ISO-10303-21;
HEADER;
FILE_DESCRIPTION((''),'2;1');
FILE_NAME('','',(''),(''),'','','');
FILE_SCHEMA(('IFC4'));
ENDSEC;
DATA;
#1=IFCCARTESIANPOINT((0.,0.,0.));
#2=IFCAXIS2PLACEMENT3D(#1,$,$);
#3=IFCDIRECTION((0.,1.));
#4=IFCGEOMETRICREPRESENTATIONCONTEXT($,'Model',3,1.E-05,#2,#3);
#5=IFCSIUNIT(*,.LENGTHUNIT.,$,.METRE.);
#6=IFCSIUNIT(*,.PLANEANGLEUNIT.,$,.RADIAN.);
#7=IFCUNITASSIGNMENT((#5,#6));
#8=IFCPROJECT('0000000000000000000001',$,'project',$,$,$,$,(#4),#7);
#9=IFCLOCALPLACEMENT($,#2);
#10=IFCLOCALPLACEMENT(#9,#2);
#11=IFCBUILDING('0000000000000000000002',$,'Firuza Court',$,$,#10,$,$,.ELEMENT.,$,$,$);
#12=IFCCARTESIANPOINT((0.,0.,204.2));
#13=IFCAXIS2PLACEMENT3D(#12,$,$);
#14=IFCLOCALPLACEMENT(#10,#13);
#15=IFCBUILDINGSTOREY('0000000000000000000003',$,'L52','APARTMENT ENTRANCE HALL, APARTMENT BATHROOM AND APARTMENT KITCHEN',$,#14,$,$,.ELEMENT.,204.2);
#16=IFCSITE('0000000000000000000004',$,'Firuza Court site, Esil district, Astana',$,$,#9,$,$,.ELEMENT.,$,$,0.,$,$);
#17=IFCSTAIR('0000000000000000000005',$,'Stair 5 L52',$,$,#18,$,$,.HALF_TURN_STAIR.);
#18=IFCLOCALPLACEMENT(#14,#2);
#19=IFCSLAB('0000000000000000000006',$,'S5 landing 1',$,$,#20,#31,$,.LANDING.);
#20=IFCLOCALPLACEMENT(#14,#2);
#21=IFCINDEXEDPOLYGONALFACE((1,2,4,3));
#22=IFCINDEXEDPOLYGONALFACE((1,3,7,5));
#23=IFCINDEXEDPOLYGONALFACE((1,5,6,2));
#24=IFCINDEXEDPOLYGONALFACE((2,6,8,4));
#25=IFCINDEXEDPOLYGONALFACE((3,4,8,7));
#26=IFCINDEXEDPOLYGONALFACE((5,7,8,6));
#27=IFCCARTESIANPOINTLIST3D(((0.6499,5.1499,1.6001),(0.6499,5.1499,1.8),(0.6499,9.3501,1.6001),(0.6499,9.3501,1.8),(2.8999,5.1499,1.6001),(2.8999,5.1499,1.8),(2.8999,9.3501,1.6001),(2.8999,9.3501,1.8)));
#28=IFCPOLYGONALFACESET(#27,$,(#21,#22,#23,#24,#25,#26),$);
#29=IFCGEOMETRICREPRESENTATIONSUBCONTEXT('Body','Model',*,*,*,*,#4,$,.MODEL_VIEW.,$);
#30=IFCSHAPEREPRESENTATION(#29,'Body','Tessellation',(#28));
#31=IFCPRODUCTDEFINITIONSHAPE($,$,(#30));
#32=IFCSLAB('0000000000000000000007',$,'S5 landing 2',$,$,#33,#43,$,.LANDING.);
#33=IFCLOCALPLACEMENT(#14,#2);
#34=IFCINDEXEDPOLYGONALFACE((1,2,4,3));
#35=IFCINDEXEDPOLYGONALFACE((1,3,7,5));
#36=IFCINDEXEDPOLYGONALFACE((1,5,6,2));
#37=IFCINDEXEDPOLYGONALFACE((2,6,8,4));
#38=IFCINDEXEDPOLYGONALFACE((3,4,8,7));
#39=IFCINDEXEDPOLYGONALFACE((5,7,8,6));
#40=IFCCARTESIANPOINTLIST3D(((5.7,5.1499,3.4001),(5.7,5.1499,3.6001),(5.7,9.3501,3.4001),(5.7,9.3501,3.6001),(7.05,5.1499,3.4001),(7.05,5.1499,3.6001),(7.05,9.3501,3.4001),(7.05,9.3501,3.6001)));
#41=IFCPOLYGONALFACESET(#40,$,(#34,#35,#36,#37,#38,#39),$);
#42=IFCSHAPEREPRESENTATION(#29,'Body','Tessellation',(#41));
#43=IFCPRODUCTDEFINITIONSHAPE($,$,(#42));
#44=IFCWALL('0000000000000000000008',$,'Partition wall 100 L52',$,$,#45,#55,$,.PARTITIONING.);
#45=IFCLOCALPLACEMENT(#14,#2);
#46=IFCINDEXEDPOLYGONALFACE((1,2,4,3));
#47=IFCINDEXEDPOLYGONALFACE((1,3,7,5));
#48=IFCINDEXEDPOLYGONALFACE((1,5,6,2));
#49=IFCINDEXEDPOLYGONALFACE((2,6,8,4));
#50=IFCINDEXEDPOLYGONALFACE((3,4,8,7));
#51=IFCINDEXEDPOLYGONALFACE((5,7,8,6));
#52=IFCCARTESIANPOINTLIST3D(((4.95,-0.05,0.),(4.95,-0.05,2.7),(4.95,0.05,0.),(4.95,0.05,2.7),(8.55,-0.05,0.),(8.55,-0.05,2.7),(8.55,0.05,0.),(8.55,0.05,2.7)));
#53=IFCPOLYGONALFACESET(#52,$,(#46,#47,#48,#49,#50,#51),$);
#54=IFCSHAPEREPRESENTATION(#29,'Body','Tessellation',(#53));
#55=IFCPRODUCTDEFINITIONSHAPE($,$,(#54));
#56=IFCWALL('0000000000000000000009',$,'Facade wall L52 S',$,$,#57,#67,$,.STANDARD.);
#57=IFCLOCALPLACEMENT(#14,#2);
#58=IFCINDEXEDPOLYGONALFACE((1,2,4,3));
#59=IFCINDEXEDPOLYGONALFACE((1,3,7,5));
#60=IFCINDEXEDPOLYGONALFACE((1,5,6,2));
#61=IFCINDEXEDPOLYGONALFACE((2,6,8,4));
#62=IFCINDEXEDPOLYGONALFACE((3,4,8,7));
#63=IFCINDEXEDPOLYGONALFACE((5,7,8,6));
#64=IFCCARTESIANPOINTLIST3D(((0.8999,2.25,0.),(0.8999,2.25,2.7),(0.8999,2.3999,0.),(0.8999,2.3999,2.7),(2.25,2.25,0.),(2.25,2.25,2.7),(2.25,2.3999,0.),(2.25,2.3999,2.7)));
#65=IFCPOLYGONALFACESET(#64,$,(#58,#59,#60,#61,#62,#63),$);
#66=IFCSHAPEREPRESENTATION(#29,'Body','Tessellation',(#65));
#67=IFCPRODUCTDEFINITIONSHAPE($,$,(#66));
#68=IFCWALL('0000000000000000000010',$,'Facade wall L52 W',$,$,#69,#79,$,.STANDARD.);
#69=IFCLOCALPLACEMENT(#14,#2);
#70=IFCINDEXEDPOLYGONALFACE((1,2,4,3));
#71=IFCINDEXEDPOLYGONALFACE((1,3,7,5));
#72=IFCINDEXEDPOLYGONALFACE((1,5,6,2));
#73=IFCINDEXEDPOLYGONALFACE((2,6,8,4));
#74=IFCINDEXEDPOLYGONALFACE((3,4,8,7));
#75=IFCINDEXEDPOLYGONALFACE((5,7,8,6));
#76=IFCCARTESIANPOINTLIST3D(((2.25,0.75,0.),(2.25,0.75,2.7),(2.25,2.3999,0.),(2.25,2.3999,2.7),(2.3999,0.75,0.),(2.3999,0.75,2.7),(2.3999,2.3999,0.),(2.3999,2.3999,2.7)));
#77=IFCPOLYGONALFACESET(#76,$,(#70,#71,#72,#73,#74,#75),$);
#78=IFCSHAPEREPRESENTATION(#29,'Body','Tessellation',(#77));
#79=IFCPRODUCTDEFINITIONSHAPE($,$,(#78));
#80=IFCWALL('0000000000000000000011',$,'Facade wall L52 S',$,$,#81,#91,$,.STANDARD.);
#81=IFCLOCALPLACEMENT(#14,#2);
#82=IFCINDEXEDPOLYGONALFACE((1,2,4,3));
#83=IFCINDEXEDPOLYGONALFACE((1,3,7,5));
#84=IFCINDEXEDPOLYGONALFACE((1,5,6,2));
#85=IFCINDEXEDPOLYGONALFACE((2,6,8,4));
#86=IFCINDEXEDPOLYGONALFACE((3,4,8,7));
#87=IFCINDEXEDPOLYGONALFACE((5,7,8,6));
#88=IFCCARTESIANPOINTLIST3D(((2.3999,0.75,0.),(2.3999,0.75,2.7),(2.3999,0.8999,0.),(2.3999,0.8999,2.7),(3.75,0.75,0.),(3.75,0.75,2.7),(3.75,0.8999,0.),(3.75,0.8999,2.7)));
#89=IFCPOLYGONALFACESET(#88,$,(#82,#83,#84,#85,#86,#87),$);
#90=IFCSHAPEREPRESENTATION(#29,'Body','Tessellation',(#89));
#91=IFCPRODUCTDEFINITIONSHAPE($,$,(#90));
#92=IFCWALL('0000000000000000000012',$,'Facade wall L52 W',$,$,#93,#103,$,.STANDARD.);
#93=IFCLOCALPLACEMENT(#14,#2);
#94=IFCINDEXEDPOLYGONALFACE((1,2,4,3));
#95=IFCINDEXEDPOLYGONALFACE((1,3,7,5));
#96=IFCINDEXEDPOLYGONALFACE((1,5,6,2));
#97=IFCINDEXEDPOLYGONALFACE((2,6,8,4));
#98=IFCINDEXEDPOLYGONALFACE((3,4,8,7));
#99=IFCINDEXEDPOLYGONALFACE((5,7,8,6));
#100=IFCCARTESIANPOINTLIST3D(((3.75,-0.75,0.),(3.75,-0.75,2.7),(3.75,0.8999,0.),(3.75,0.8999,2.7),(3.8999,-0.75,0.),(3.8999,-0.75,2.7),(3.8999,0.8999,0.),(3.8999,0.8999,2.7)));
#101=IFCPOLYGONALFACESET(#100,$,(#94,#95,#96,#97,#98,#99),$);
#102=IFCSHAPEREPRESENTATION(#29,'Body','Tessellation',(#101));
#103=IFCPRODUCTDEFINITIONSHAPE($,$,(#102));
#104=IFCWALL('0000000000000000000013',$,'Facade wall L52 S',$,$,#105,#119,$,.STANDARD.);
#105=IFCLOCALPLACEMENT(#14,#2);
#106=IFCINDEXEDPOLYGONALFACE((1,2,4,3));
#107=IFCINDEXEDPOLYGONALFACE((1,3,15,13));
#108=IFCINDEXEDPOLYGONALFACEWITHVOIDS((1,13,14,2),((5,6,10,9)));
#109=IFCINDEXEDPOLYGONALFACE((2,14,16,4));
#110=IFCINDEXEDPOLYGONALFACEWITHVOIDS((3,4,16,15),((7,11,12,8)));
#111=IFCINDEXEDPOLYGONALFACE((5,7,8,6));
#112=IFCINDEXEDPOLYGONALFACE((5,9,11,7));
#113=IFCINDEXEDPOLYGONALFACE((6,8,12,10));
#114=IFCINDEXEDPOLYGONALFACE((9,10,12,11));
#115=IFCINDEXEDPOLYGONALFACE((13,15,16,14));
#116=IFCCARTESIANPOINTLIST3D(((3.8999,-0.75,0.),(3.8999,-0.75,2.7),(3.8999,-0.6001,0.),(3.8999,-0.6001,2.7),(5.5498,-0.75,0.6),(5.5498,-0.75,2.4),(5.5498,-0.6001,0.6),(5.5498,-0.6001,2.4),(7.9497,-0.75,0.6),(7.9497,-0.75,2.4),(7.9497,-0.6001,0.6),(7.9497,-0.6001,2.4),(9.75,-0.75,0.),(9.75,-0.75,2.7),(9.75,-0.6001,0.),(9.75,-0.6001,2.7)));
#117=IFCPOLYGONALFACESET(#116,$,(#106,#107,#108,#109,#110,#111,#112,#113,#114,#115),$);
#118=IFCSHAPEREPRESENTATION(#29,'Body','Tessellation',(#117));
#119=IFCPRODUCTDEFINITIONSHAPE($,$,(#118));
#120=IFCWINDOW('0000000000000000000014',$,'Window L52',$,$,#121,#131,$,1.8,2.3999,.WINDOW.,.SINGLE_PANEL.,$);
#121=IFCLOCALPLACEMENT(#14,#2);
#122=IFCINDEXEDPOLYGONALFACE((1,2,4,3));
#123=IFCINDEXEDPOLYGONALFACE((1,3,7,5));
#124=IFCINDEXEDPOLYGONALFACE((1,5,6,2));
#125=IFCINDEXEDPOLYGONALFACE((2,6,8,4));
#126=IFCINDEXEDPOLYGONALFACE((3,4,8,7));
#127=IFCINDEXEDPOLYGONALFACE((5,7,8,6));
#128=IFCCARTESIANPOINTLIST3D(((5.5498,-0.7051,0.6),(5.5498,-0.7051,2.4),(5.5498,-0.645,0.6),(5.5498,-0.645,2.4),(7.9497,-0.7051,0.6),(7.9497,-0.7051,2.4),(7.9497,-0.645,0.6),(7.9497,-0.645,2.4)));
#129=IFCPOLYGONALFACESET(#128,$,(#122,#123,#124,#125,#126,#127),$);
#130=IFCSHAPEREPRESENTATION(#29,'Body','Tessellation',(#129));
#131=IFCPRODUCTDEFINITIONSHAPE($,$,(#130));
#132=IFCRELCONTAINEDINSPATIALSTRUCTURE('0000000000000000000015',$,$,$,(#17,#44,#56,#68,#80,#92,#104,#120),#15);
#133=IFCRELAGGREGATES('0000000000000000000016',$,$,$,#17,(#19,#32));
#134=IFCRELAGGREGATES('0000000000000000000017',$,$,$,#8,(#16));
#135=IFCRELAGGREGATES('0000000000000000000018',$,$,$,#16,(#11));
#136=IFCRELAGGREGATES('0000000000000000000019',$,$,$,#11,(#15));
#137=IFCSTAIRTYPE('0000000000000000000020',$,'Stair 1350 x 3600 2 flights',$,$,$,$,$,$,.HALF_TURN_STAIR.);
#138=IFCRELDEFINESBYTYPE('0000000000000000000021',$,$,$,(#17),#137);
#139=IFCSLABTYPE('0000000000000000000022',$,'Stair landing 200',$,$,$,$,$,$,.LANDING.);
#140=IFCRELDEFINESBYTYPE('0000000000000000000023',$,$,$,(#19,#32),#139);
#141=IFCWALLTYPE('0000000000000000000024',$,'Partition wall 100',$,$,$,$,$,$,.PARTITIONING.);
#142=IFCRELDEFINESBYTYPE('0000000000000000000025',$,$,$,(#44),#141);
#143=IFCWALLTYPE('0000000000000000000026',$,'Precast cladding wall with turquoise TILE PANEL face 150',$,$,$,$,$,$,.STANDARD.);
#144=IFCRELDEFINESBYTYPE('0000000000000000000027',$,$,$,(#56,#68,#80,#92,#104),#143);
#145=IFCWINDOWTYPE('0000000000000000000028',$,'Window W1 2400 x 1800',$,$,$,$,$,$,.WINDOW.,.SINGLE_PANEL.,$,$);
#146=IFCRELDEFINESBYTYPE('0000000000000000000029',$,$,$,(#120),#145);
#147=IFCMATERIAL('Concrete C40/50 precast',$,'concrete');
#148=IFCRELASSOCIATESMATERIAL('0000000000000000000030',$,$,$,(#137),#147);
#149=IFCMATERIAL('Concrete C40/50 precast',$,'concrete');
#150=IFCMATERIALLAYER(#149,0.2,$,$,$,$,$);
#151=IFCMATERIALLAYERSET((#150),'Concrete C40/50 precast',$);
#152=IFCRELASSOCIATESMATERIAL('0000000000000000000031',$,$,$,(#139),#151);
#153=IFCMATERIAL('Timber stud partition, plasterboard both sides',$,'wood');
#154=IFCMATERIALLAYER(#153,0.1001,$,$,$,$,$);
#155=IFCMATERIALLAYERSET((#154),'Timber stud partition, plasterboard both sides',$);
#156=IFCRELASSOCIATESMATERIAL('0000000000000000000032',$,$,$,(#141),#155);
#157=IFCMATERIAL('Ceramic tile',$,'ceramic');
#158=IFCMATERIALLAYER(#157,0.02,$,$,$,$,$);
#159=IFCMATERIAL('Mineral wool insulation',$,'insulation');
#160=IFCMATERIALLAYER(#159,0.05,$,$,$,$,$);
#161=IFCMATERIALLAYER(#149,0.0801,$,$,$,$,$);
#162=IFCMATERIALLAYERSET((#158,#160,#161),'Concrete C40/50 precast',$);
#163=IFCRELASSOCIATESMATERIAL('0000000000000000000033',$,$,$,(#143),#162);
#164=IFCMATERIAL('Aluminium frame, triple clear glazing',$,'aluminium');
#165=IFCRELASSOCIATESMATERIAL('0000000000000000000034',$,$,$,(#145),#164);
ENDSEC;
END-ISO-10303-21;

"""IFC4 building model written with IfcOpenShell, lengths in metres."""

from ifc_helpers import new_model, si_unit, direction, frame, frame_2d, origin, place, context, subcontext, project, spatial, polyline, rectangle, outline, extrude, material, layer, layer_set, type_object, element, fill, aggregate, save


model = new_model("IFC4")

# Units and contexts
model_context = context("Model", 3, precision=1e-05, world=origin(), true_north=direction((0.0, 1.0)))
body_context = subcontext(model_context, "Body", "Model", "MODEL_VIEW")
ifc_project = project(units=[si_unit("LENGTHUNIT", "METRE"), si_unit("PLANEANGLEUNIT", "RADIAN")], contexts=[model_context])

# Site, building, storey
site_placement = place(None, origin())
site = spatial("IfcSite", under=ifc_project, at=site_placement, Name="Firuza Court site, Esil district, Astana", CompositionType="ELEMENT", RefElevation=0.0)
building_placement = place(site_placement, origin())
building = spatial("IfcBuilding", under=site, at=building_placement, Name="Firuza Court", CompositionType="ELEMENT")
storey_placement = place(building_placement, frame((0.0, 0.0, 204.2)))
storey = spatial("IfcBuildingStorey", under=building, at=storey_placement, Name="L52", Description="APARTMENT ENTRANCE HALL, APARTMENT BATHROOM AND APARTMENT KITCHEN", CompositionType="ELEMENT", Elevation=204.2)

# Stair, slabs
ifc_material_1 = material(Name="Concrete C40/50 precast", Category="concrete")
stair_type = type_object("IfcStairType", Name="Stair 1350 x 3600 2 flights", PredefinedType="HALF_TURN_STAIR", material=ifc_material_1)
ifc_material_2 = material(Name="Concrete C40/50 precast", Category="concrete")
ifc_layer_1 = layer(ifc_material_2, 0.2)
ifc_layer_set_1 = layer_set([ifc_layer_1], Name="Concrete C40/50 precast")
slab_type_1 = type_object("IfcSlabType", Name="Stair landing 200", PredefinedType="LANDING", material=ifc_layer_set_1)
stair_1_placement = place(storey_placement, origin())
stair_1 = element("IfcStair", 1, at=stair_1_placement, inside=storey, type_object=stair_type, Name="Stair 5 L52", PredefinedType="HALF_TURN_STAIR")
slab_1_placement = place(storey_placement, frame((0.0, 0.0, 1.6001)))
slab_1 = element("IfcSlab", 2, at=slab_1_placement, type_object=slab_type_1, Name="S5 landing 1", PredefinedType="LANDING", context=body_context, shape_type="SweptSolid", body=[
    extrude(outline(polyline([(2.8999, 5.1499), (2.8999, 9.3501), (0.6499, 9.3501), (0.6499, 5.1499), (2.8999, 5.1499)])), origin(), (0.0, 0.0, 1.0), 0.2),
])
slab_2_placement = place(storey_placement, frame((0.0, 0.0, 3.4001)))
slab_2 = element("IfcSlab", 3, at=slab_2_placement, type_object=slab_type_1, Name="S5 landing 2", PredefinedType="LANDING", context=body_context, shape_type="SweptSolid", body=[
    extrude(outline(polyline([(7.05, 5.1499), (7.05, 9.3501), (5.7, 9.3501), (5.7, 5.1499), (7.05, 5.1499)])), origin(), (0.0, 0.0, 1.0), 0.2),
])
aggregate(stair_1, [slab_1, slab_2])

# Walls
ifc_material_3 = material(Name="Timber stud partition, plasterboard both sides", Category="wood")
ifc_layer_2 = layer(ifc_material_3, 0.1001)
ifc_layer_set_2 = layer_set([ifc_layer_2], Name="Timber stud partition, plasterboard both sides")
wall_type_1 = type_object("IfcWallType", Name="Partition wall 100", PredefinedType="PARTITIONING", material=ifc_layer_set_2)
wall_1_placement = place(storey_placement, frame((4.95, 0.0, 0.0), z_axis=(0.0, 0.0, 1.0), x_axis=(1.0, 0.0, 0.0)))
element("IfcWall", 4, at=wall_1_placement, inside=storey, type_object=wall_type_1, Name="Partition wall 100 L52", PredefinedType="PARTITIONING", context=body_context, shape_type="SweptSolid", body=[
    extrude(rectangle(XDim=3.6001, YDim=0.1001, at=frame_2d((1.8, 0.0))), origin(), (0.0, 0.0, 1.0), 2.7),
])
ifc_material_4 = material(Name="Ceramic tile", Category="ceramic")
ifc_layer_3 = layer(ifc_material_4, 0.02)
ifc_material_5 = material(Name="Mineral wool insulation", Category="insulation")
ifc_layer_4 = layer(ifc_material_5, 0.05)
ifc_layer_5 = layer(ifc_material_2, 0.0801)
ifc_layer_set_3 = layer_set([ifc_layer_3, ifc_layer_4, ifc_layer_5], Name="Concrete C40/50 precast")
wall_type_2 = type_object("IfcWallType", Name="Precast cladding wall with turquoise TILE PANEL face 150", PredefinedType="STANDARD", material=ifc_layer_set_3)
wall_2_placement = place(storey_placement, frame((0.8999, 2.325, 0.0), z_axis=(0.0, 0.0, 1.0), x_axis=(1.0, 0.0, 0.0)))
element("IfcWall", 5, at=wall_2_placement, inside=storey, type_object=wall_type_2, Name="Facade wall L52 S", PredefinedType="STANDARD", context=body_context, shape_type="SweptSolid", body=[
    extrude(rectangle(XDim=1.3501, YDim=0.1499, at=frame_2d((0.675, 0.0))), origin(), (0.0, 0.0, 1.0), 2.7),
])
wall_3_placement = place(storey_placement, frame((2.325, 2.3999, 0.0), z_axis=(0.0, 0.0, 1.0), x_axis=(0.0, -1.0, 0.0)))
element("IfcWall", 6, at=wall_3_placement, inside=storey, type_object=wall_type_2, Name="Facade wall L52 W", PredefinedType="STANDARD", context=body_context, shape_type="SweptSolid", body=[
    extrude(rectangle(XDim=1.6499, YDim=0.1499, at=frame_2d((0.825, 0.0))), origin(), (0.0, 0.0, 1.0), 2.7),
])
wall_4_placement = place(storey_placement, frame((2.3999, 0.825, 0.0), z_axis=(0.0, 0.0, 1.0), x_axis=(1.0, 0.0, 0.0)))
element("IfcWall", 7, at=wall_4_placement, inside=storey, type_object=wall_type_2, Name="Facade wall L52 S", PredefinedType="STANDARD", context=body_context, shape_type="SweptSolid", body=[
    extrude(rectangle(XDim=1.3501, YDim=0.1499, at=frame_2d((0.675, 0.0))), origin(), (0.0, 0.0, 1.0), 2.7),
])
wall_5_placement = place(storey_placement, frame((3.825, 0.8999, 0.0), z_axis=(0.0, 0.0, 1.0), x_axis=(0.0, -1.0, 0.0)))
element("IfcWall", 8, at=wall_5_placement, inside=storey, type_object=wall_type_2, Name="Facade wall L52 W", PredefinedType="STANDARD", context=body_context, shape_type="SweptSolid", body=[
    extrude(rectangle(XDim=1.6499, YDim=0.1499, at=frame_2d((0.825, 0.0))), origin(), (0.0, 0.0, 1.0), 2.7),
])

# Wall, opening, window
wall_6_placement = place(storey_placement, frame((3.8999, -0.675, 0.0), z_axis=(0.0, 0.0, 1.0), x_axis=(1.0, 0.0, 0.0)))
wall_6 = element("IfcWall", 9, at=wall_6_placement, inside=storey, type_object=wall_type_2, Name="Facade wall L52 S", PredefinedType="STANDARD", context=body_context, shape_type="SweptSolid", body=[
    extrude(rectangle(XDim=5.8501, YDim=0.1499, at=frame_2d((2.925, 0.0))), origin(), (0.0, 0.0, 1.0), 2.7),
])
opening_placement = place(wall_6_placement, frame((1.6499, 0.0, 0.6001)))
opening = element("IfcOpeningElement", 10, at=opening_placement, cuts=wall_6, PredefinedType="OPENING", context=body_context, shape_type="SweptSolid", body=[
    extrude(rectangle(XDim=2.3999, YDim=1.8, at=frame_2d((1.2, 0.8999))), frame((0.0, 0.0869, 0.0), z_axis=(0.0, -1.0, 0.0), x_axis=(1.0, 0.0, 0.0)), (0.0, 0.0, 1.0), 0.1738),
])
ifc_material_6 = material(Name="Aluminium frame, triple clear glazing", Category="aluminium")
window_type = type_object("IfcWindowType", Name="Window W1 2400 x 1800", PartitioningType="SINGLE_PANEL", PredefinedType="WINDOW", material=ifc_material_6)
window_placement = place(opening_placement, origin())
window = element("IfcWindow", 11, at=window_placement, inside=storey, type_object=window_type, Name="Window L52", OverallHeight=1.8, OverallWidth=2.3999, PartitioningType="SINGLE_PANEL", PredefinedType="WINDOW", context=body_context, shape_type="SweptSolid", body=[
    extrude(rectangle(XDim=2.3999, YDim=1.8, at=frame_2d((1.2, 0.8999))), frame((0.0, 0.03, 0.0), z_axis=(0.0, -1.0, 0.0), x_axis=(1.0, 0.0, 0.0)), (0.0, 0.0, 1.0), 0.0601),
])
fill(opening, window)

save(model, "model.ifc")
